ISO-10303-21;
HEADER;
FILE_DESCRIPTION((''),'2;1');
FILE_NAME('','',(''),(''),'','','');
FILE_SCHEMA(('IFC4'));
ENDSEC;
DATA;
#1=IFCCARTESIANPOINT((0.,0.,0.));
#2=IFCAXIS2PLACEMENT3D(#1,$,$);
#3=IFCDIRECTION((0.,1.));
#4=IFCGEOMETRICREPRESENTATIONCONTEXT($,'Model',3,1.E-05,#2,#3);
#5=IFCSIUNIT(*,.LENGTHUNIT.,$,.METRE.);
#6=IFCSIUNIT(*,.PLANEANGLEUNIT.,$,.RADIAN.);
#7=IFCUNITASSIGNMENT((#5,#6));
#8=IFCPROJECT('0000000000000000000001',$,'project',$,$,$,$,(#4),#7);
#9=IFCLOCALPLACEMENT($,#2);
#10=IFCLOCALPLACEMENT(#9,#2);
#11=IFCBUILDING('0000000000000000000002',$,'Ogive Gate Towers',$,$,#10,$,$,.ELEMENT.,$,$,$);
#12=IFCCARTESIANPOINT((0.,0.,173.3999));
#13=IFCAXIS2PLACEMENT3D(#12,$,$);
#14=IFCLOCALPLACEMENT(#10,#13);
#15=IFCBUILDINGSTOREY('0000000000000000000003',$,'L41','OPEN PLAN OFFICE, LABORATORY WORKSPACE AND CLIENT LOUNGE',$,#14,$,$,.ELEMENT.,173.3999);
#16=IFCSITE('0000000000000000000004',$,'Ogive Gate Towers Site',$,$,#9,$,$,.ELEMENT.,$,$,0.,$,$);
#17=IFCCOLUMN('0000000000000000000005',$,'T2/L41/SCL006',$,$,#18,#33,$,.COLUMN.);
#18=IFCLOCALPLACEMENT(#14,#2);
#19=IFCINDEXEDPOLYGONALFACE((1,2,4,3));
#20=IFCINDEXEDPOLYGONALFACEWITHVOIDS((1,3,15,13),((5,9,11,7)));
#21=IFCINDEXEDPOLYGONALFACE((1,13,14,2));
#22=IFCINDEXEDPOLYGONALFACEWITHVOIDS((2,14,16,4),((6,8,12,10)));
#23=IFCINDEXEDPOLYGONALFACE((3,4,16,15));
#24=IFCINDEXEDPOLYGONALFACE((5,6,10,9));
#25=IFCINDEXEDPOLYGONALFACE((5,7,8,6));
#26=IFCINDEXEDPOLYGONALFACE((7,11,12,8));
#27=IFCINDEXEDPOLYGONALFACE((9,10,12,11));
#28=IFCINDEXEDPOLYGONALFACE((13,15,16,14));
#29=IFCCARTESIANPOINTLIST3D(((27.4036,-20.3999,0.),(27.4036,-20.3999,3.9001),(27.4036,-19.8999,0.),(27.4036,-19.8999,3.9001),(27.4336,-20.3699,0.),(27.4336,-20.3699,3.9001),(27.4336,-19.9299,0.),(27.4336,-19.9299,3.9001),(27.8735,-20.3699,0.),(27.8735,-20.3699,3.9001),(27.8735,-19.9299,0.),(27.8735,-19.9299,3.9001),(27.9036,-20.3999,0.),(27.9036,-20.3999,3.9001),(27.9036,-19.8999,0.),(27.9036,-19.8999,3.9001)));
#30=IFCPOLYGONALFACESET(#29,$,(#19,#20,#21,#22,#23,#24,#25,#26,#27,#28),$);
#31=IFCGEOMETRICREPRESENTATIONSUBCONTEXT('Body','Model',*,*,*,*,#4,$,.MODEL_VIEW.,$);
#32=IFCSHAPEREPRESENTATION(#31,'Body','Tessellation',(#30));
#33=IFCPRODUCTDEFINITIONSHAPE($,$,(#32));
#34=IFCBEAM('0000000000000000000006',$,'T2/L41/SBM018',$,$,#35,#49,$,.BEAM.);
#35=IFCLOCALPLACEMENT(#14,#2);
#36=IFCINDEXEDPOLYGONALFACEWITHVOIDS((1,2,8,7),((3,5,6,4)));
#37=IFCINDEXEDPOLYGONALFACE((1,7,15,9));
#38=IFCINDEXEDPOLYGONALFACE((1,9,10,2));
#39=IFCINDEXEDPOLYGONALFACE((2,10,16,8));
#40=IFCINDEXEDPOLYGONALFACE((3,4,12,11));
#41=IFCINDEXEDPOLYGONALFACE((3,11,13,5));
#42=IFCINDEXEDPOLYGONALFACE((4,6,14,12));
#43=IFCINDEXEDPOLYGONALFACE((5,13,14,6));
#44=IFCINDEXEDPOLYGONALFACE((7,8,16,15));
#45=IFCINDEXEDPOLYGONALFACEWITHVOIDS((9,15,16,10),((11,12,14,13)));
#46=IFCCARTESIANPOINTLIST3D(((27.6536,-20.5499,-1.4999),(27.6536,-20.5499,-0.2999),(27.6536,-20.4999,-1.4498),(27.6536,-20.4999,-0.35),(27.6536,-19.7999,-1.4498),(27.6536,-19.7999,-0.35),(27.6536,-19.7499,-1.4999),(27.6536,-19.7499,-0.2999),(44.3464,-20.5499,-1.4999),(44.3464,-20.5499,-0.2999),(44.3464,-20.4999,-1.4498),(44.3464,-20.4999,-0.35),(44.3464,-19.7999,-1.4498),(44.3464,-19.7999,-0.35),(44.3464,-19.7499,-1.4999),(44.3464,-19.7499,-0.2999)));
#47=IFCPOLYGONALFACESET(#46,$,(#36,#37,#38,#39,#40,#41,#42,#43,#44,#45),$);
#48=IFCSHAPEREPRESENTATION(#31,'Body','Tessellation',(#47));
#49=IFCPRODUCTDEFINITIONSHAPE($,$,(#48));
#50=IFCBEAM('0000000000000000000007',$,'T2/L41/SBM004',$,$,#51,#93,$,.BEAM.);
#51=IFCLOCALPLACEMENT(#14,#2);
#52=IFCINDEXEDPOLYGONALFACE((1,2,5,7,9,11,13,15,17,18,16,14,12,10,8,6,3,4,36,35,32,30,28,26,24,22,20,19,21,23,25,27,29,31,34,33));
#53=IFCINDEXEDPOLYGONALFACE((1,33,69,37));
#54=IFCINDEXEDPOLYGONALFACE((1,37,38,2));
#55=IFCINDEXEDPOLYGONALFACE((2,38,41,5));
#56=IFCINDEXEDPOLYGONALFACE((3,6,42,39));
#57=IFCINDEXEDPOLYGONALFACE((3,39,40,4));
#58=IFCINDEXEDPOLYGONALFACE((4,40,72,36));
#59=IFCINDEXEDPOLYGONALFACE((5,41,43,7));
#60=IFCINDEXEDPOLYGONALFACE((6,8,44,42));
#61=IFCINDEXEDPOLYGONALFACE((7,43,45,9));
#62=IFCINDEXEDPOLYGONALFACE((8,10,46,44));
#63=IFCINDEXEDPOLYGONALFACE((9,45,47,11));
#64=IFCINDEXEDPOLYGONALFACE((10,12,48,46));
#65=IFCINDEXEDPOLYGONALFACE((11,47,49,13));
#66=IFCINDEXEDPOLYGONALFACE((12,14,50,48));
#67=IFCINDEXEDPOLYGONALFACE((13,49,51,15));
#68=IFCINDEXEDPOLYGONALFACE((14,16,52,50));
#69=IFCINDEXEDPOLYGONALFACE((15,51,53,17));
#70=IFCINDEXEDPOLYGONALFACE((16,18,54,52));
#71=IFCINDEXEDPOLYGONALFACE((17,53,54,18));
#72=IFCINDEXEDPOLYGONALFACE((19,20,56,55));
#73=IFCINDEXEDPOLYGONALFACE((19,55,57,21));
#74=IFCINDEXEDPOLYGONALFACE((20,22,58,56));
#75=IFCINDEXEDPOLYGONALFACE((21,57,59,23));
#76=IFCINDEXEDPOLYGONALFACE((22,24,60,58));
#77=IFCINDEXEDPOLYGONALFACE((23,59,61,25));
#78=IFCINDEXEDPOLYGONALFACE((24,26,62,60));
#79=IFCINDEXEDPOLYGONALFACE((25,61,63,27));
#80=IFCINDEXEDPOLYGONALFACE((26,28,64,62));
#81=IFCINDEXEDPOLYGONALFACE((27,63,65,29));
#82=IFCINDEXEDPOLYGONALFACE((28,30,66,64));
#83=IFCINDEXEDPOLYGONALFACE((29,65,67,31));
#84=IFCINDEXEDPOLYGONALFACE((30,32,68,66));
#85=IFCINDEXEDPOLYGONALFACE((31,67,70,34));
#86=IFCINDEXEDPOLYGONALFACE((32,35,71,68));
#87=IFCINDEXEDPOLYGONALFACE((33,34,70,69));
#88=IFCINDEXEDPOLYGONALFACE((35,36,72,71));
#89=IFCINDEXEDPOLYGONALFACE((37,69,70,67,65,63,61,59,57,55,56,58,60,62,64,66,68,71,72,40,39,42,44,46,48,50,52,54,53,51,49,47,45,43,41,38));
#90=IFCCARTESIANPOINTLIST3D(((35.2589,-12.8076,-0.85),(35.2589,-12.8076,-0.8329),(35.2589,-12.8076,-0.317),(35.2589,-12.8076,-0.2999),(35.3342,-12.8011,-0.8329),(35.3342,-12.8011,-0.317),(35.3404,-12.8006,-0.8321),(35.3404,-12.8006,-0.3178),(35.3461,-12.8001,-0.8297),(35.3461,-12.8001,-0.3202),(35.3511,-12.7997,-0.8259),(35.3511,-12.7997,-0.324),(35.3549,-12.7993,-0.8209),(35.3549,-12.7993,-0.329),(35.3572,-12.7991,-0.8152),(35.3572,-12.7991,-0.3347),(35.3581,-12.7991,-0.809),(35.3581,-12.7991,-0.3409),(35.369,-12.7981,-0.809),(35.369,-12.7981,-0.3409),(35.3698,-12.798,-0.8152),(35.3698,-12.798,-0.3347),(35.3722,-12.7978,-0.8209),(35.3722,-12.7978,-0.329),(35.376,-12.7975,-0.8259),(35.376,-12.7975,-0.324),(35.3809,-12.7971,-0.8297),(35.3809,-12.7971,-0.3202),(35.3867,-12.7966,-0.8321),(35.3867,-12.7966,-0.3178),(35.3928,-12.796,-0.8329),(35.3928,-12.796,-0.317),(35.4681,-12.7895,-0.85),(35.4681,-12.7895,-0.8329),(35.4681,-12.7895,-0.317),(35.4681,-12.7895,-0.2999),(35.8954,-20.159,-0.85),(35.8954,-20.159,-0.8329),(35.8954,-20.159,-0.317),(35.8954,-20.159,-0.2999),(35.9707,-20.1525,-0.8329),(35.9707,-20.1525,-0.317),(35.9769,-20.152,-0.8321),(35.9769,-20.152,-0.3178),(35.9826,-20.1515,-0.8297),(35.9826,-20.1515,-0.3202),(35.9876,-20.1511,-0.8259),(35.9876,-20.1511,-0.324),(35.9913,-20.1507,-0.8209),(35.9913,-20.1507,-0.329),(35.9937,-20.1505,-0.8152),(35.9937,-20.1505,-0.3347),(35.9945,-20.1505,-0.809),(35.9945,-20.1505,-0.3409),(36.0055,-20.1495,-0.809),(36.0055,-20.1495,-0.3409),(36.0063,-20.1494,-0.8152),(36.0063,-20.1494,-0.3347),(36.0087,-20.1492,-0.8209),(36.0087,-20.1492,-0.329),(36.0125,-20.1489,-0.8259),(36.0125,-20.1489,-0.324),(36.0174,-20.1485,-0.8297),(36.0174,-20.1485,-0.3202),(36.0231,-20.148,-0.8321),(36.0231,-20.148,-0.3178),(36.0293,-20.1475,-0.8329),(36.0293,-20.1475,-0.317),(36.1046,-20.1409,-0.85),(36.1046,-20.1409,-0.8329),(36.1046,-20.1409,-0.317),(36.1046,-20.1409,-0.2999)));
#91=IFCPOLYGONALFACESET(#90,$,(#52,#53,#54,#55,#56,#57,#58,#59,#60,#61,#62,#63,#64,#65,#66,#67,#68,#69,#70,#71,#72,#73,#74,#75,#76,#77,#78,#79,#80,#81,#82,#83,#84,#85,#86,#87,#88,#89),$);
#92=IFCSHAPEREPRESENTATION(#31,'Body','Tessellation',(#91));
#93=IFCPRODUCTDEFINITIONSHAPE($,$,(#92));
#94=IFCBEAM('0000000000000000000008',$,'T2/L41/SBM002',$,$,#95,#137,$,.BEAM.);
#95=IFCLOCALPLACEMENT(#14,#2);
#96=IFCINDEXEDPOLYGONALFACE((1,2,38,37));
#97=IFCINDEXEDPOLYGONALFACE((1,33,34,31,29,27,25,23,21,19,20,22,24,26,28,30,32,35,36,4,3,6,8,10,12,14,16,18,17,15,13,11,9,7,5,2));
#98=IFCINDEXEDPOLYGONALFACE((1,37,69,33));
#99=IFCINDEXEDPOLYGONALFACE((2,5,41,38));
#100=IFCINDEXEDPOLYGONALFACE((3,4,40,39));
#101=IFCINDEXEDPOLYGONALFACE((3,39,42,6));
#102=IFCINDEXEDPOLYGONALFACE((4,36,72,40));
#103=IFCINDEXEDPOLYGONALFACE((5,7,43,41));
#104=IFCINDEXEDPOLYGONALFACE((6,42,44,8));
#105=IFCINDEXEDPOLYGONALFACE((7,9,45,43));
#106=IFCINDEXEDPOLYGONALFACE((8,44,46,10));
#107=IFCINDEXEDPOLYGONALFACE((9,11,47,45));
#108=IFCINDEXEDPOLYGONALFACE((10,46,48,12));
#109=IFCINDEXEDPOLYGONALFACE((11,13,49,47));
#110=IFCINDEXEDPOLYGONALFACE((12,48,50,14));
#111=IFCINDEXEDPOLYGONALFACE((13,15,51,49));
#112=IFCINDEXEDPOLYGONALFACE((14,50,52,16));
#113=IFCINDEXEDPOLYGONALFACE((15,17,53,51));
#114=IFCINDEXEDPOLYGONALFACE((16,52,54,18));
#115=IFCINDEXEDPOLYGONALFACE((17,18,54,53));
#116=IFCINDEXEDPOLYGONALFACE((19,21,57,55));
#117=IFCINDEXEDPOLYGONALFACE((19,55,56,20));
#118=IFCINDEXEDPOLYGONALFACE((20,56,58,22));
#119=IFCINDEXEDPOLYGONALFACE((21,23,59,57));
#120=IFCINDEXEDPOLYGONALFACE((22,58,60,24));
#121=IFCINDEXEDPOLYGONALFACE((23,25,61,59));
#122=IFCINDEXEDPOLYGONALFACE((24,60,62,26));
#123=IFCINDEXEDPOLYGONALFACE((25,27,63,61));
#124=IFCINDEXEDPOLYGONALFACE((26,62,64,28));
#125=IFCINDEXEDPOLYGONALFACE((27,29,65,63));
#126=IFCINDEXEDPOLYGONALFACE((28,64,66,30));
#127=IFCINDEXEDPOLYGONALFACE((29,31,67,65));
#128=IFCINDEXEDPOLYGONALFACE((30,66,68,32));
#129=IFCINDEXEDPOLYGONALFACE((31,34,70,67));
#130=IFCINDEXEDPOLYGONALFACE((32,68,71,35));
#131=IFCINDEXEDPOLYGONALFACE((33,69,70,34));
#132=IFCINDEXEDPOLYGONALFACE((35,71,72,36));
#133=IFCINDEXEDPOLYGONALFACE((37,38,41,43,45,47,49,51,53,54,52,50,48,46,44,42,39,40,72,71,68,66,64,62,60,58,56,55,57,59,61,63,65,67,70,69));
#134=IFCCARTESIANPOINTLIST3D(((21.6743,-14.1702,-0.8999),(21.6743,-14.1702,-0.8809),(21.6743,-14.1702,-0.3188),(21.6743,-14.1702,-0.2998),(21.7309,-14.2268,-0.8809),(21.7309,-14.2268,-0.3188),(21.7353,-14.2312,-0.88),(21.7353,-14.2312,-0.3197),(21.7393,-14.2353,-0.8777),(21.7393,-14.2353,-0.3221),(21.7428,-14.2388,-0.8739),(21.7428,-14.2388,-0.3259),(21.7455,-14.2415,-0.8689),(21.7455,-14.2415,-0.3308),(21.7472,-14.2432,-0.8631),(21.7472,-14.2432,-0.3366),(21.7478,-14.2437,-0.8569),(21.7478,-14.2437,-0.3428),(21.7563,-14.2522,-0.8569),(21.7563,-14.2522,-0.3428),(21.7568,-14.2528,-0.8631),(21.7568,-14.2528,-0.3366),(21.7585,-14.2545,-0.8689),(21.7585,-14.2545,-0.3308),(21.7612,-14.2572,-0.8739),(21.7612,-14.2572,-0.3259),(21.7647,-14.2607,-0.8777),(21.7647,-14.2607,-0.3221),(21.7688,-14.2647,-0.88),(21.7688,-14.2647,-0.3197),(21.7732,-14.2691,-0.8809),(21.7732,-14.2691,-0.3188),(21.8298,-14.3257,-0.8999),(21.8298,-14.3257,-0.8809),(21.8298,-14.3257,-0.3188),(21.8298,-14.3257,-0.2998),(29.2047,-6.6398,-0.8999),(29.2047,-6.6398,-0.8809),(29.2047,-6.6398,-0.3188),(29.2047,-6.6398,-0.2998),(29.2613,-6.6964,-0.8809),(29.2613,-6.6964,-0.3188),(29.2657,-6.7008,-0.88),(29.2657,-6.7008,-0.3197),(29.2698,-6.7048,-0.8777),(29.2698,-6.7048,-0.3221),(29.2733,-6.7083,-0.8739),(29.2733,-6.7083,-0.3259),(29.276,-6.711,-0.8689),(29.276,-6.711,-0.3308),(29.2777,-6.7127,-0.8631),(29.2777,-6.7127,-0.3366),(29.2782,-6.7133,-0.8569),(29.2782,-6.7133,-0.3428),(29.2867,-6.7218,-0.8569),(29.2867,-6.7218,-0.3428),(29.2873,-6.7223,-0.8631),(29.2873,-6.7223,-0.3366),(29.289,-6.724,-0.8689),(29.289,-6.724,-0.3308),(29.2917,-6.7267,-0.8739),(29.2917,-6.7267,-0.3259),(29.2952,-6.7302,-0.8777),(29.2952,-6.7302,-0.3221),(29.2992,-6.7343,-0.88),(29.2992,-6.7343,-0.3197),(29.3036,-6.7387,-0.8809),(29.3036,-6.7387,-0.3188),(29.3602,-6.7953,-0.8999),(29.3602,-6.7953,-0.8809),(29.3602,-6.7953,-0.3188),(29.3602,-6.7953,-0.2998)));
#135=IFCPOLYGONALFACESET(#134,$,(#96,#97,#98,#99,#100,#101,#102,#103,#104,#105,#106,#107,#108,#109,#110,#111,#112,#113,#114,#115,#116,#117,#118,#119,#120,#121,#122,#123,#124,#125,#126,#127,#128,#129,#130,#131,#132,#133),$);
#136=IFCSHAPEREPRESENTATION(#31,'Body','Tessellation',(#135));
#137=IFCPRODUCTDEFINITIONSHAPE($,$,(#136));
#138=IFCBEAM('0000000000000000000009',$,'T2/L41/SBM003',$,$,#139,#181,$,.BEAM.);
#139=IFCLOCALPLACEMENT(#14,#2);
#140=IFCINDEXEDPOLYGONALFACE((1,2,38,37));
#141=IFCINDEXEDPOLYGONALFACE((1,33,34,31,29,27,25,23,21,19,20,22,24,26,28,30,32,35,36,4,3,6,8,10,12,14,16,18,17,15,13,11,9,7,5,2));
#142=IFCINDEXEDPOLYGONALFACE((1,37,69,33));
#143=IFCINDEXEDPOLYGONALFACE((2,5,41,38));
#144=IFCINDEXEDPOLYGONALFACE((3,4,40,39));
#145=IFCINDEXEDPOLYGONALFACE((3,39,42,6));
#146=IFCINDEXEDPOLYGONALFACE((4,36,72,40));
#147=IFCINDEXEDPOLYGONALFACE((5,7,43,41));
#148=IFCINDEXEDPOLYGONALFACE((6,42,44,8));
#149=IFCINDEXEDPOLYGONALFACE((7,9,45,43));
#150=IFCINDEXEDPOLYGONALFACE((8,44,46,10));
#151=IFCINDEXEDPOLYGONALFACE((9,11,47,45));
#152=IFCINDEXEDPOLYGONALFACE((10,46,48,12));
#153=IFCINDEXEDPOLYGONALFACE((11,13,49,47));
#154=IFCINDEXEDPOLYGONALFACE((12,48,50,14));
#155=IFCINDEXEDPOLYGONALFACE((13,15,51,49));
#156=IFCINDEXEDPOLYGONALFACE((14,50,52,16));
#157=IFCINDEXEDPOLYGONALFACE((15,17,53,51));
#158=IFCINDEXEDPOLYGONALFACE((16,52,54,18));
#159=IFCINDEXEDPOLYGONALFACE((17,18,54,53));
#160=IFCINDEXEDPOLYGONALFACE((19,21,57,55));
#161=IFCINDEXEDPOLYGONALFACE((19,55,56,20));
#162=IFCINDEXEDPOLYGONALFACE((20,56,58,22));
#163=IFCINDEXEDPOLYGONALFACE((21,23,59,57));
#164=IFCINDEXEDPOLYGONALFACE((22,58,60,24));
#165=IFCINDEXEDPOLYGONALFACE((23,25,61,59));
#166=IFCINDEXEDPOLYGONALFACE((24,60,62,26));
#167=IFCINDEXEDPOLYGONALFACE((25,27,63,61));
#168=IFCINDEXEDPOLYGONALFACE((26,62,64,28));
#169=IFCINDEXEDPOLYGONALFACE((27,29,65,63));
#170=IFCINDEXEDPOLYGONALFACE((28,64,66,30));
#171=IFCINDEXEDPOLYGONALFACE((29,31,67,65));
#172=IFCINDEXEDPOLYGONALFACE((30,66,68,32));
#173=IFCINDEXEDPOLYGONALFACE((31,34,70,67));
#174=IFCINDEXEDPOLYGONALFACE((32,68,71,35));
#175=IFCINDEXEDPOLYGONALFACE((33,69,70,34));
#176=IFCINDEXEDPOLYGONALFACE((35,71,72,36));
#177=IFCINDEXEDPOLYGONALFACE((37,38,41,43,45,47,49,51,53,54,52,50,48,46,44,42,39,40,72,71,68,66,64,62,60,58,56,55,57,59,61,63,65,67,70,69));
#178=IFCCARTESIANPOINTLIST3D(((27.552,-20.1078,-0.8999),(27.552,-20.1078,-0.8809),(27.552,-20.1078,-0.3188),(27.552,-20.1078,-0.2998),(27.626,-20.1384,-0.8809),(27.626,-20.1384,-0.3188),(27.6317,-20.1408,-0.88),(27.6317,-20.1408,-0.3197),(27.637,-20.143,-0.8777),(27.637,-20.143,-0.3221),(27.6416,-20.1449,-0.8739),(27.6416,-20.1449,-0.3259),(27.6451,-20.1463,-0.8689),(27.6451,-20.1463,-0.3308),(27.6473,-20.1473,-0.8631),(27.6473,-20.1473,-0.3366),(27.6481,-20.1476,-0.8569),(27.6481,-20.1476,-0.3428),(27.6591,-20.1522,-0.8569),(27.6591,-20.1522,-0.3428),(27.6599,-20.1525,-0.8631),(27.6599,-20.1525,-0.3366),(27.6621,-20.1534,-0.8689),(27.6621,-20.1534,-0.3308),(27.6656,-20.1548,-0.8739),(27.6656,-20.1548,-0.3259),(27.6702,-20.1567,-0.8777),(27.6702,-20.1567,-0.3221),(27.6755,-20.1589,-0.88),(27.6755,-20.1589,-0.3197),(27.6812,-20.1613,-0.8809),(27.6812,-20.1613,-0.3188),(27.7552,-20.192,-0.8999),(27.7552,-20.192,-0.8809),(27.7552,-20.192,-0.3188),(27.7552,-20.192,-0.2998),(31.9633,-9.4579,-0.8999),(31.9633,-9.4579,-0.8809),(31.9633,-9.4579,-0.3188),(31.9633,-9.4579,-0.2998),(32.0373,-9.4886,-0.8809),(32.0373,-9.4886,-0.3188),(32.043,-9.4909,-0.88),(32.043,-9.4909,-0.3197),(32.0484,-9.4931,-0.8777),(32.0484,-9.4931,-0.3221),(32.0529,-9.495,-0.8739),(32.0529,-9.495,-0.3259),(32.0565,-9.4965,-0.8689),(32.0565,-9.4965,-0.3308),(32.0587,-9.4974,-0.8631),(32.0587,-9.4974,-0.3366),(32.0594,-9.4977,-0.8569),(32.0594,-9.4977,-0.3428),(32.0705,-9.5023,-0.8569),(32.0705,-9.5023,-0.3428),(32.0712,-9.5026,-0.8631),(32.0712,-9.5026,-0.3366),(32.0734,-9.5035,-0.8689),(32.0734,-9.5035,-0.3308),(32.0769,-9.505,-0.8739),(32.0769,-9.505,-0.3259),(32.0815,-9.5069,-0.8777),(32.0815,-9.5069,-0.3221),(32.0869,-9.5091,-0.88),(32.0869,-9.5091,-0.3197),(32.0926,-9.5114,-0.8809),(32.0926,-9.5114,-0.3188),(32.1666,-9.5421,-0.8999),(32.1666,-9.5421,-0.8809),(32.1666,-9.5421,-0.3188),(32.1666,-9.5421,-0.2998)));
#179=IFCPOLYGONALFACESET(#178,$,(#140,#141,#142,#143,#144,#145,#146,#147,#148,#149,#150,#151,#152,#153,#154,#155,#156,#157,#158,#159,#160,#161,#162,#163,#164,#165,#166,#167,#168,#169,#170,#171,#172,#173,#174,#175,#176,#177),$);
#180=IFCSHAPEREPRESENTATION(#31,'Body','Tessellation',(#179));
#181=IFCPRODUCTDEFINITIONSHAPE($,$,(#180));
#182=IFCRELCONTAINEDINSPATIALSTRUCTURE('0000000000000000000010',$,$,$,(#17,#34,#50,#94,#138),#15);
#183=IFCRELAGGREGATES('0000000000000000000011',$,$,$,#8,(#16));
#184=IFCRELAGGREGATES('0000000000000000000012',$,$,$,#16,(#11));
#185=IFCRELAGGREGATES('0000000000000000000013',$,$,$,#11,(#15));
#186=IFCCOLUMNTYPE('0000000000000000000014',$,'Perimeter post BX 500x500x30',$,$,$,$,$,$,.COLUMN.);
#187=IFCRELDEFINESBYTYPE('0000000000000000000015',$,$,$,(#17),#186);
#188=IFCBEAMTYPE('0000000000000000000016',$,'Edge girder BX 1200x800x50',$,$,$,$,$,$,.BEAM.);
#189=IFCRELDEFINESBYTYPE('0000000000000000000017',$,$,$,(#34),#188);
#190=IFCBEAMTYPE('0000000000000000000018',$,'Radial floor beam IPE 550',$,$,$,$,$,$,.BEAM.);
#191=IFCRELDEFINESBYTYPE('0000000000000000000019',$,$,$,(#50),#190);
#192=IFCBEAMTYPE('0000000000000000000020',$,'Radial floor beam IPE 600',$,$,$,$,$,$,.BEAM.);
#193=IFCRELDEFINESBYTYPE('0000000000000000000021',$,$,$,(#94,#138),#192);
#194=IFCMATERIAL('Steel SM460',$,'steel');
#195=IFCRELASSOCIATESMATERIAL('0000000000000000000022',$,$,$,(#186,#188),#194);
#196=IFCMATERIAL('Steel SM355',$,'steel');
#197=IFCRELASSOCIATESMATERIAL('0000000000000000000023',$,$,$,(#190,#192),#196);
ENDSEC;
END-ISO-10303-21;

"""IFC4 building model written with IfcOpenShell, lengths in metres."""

from ifc_helpers import new_model, si_unit, direction, frame, origin, origin_2d, place, context, subcontext, project, spatial, hollow_rectangle, i_section, extrude, material, material_profile, profile_set, type_object, element, save


model = new_model("IFC4")

# Units and contexts
model_context = context("Model", 3, precision=1e-05, world=origin(), true_north=direction((0.0, 1.0)))
body_context = subcontext(model_context, "Body", "Model", "MODEL_VIEW")
ifc_project = project(units=[si_unit("LENGTHUNIT", "METRE"), si_unit("PLANEANGLEUNIT", "RADIAN")], contexts=[model_context])

# Site, building, storey
site_placement = place(None, origin())
site = spatial("IfcSite", under=ifc_project, at=site_placement, Name="Ogive Gate Towers Site", CompositionType="ELEMENT", RefElevation=0.0)
building_placement = place(site_placement, origin())
building = spatial("IfcBuilding", under=site, at=building_placement, Name="Ogive Gate Towers", CompositionType="ELEMENT")
storey_placement = place(building_placement, frame((0.0, 0.0, 173.3999)))
storey = spatial("IfcBuildingStorey", under=building, at=storey_placement, Name="L41", Description="OPEN PLAN OFFICE, LABORATORY WORKSPACE AND CLIENT LOUNGE", CompositionType="ELEMENT", Elevation=173.3999)

# Column
ifc_material_1 = material(Name="Steel SM460", Category="steel")
ifc_material_profile_1 = material_profile(ifc_material_1, hollow_rectangle(XDim=0.5, YDim=0.5, WallThickness=0.03, at=origin_2d()), Name="BX 500x500x30")
ifc_profile_set_1 = profile_set([ifc_material_profile_1], Name="Steel SM460")
column_type = type_object("IfcColumnType", Name="Perimeter post BX 500x500x30", PredefinedType="COLUMN", material=ifc_profile_set_1)
column_placement = place(storey_placement, frame((27.6536, -20.1499, 0.0), z_axis=(0.0, 0.0, 1.0), x_axis=(1.0, 0.0, 0.0)))
element("IfcColumn", 1, at=column_placement, inside=storey, type_object=column_type, Name="T2/L41/SCL006", PredefinedType="COLUMN", context=body_context, shape_type="SweptSolid", body=[
    extrude(hollow_rectangle(XDim=0.5, YDim=0.5, WallThickness=0.03, at=origin_2d()), origin(), (0.0, 0.0, 1.0), 3.9001),
])

# Beams
ifc_material_profile_2 = material_profile(ifc_material_1, hollow_rectangle(XDim=0.8, YDim=1.2, WallThickness=0.05, at=origin_2d()), Name="BX 1200x800x50")
ifc_profile_set_2 = profile_set([ifc_material_profile_2], Name="Steel SM460")
beam_type_1 = type_object("IfcBeamType", Name="Edge girder BX 1200x800x50", PredefinedType="BEAM", material=ifc_profile_set_2)
beam_1_placement = place(storey_placement, frame((27.6536, -20.1499, -0.8999), z_axis=(1.0, 0.0, 0.0), x_axis=(0.0, 1.0, 0.0)))
element("IfcBeam", 2, at=beam_1_placement, inside=storey, type_object=beam_type_1, Name="T2/L41/SBM018", PredefinedType="BEAM", context=body_context, shape_type="SweptSolid", body=[
    extrude(hollow_rectangle(XDim=0.8, YDim=1.2, WallThickness=0.05, at=origin_2d()), origin(), (0.0, 0.0, 1.0), 16.6929),
])
ifc_material_2 = material(Name="Steel SM355", Category="steel")
ifc_material_profile_3 = material_profile(ifc_material_2, i_section(OverallWidth=0.21, OverallDepth=0.55, WebThickness=0.011, FlangeThickness=0.0171, FilletRadius=0.0239, at=origin_2d()), Name="IPE 550")
ifc_profile_set_3 = profile_set([ifc_material_profile_3], Name="Steel SM355")
beam_type_2 = type_object("IfcBeamType", Name="Radial floor beam IPE 550", PredefinedType="BEAM", material=ifc_profile_set_3)
beam_2_placement = place(storey_placement, frame((35.3635, -12.7986, -0.575), z_axis=(0.086257, -0.996273, 0.0), x_axis=(0.996273, 0.086257, 0.0)))
element("IfcBeam", 3, at=beam_2_placement, inside=storey, type_object=beam_type_2, Name="T2/L41/SBM004", PredefinedType="BEAM", context=body_context, shape_type="SweptSolid", body=[
    extrude(i_section(OverallWidth=0.21, OverallDepth=0.55, WebThickness=0.011, FlangeThickness=0.0171, FilletRadius=0.0239, at=origin_2d()), origin(), (0.0, 0.0, 1.0), 7.3789),
])
ifc_material_profile_4 = material_profile(ifc_material_2, i_section(OverallWidth=0.22, OverallDepth=0.6001, WebThickness=0.012, FlangeThickness=0.019, FilletRadius=0.0239, at=origin_2d()), Name="IPE 600")
ifc_profile_set_4 = profile_set([ifc_material_profile_4], Name="Steel SM355")
beam_type_3 = type_object("IfcBeamType", Name="Radial floor beam IPE 600", PredefinedType="BEAM", material=ifc_profile_set_4)
beam_3_placement = place(storey_placement, frame((29.2825, -6.7175, -0.5999), z_axis=(-0.707107, -0.707107, 0.0), x_axis=(0.707107, -0.707107, 0.0)))
element("IfcBeam", 4, at=beam_3_placement, inside=storey, type_object=beam_type_3, Name="T2/L41/SBM002", PredefinedType="BEAM", context=body_context, shape_type="SweptSolid", body=[
    extrude(i_section(OverallWidth=0.22, OverallDepth=0.6001, WebThickness=0.012, FlangeThickness=0.019, FilletRadius=0.0239, at=origin_2d()), origin(), (0.0, 0.0, 1.0), 10.6497),
])
beam_4_placement = place(storey_placement, frame((32.0649, -9.5, -0.5999), z_axis=(-0.382687, -0.923878, 0.0), x_axis=(0.923878, -0.382687, 0.0)))
element("IfcBeam", 5, at=beam_4_placement, inside=storey, type_object=beam_type_3, Name="T2/L41/SBM003", PredefinedType="BEAM", context=body_context, shape_type="SweptSolid", body=[
    extrude(i_section(OverallWidth=0.22, OverallDepth=0.6001, WebThickness=0.012, FlangeThickness=0.019, FilletRadius=0.0239, at=origin_2d()), origin(), (0.0, 0.0, 1.0), 11.5273),
])

save(model, "model.ifc")
